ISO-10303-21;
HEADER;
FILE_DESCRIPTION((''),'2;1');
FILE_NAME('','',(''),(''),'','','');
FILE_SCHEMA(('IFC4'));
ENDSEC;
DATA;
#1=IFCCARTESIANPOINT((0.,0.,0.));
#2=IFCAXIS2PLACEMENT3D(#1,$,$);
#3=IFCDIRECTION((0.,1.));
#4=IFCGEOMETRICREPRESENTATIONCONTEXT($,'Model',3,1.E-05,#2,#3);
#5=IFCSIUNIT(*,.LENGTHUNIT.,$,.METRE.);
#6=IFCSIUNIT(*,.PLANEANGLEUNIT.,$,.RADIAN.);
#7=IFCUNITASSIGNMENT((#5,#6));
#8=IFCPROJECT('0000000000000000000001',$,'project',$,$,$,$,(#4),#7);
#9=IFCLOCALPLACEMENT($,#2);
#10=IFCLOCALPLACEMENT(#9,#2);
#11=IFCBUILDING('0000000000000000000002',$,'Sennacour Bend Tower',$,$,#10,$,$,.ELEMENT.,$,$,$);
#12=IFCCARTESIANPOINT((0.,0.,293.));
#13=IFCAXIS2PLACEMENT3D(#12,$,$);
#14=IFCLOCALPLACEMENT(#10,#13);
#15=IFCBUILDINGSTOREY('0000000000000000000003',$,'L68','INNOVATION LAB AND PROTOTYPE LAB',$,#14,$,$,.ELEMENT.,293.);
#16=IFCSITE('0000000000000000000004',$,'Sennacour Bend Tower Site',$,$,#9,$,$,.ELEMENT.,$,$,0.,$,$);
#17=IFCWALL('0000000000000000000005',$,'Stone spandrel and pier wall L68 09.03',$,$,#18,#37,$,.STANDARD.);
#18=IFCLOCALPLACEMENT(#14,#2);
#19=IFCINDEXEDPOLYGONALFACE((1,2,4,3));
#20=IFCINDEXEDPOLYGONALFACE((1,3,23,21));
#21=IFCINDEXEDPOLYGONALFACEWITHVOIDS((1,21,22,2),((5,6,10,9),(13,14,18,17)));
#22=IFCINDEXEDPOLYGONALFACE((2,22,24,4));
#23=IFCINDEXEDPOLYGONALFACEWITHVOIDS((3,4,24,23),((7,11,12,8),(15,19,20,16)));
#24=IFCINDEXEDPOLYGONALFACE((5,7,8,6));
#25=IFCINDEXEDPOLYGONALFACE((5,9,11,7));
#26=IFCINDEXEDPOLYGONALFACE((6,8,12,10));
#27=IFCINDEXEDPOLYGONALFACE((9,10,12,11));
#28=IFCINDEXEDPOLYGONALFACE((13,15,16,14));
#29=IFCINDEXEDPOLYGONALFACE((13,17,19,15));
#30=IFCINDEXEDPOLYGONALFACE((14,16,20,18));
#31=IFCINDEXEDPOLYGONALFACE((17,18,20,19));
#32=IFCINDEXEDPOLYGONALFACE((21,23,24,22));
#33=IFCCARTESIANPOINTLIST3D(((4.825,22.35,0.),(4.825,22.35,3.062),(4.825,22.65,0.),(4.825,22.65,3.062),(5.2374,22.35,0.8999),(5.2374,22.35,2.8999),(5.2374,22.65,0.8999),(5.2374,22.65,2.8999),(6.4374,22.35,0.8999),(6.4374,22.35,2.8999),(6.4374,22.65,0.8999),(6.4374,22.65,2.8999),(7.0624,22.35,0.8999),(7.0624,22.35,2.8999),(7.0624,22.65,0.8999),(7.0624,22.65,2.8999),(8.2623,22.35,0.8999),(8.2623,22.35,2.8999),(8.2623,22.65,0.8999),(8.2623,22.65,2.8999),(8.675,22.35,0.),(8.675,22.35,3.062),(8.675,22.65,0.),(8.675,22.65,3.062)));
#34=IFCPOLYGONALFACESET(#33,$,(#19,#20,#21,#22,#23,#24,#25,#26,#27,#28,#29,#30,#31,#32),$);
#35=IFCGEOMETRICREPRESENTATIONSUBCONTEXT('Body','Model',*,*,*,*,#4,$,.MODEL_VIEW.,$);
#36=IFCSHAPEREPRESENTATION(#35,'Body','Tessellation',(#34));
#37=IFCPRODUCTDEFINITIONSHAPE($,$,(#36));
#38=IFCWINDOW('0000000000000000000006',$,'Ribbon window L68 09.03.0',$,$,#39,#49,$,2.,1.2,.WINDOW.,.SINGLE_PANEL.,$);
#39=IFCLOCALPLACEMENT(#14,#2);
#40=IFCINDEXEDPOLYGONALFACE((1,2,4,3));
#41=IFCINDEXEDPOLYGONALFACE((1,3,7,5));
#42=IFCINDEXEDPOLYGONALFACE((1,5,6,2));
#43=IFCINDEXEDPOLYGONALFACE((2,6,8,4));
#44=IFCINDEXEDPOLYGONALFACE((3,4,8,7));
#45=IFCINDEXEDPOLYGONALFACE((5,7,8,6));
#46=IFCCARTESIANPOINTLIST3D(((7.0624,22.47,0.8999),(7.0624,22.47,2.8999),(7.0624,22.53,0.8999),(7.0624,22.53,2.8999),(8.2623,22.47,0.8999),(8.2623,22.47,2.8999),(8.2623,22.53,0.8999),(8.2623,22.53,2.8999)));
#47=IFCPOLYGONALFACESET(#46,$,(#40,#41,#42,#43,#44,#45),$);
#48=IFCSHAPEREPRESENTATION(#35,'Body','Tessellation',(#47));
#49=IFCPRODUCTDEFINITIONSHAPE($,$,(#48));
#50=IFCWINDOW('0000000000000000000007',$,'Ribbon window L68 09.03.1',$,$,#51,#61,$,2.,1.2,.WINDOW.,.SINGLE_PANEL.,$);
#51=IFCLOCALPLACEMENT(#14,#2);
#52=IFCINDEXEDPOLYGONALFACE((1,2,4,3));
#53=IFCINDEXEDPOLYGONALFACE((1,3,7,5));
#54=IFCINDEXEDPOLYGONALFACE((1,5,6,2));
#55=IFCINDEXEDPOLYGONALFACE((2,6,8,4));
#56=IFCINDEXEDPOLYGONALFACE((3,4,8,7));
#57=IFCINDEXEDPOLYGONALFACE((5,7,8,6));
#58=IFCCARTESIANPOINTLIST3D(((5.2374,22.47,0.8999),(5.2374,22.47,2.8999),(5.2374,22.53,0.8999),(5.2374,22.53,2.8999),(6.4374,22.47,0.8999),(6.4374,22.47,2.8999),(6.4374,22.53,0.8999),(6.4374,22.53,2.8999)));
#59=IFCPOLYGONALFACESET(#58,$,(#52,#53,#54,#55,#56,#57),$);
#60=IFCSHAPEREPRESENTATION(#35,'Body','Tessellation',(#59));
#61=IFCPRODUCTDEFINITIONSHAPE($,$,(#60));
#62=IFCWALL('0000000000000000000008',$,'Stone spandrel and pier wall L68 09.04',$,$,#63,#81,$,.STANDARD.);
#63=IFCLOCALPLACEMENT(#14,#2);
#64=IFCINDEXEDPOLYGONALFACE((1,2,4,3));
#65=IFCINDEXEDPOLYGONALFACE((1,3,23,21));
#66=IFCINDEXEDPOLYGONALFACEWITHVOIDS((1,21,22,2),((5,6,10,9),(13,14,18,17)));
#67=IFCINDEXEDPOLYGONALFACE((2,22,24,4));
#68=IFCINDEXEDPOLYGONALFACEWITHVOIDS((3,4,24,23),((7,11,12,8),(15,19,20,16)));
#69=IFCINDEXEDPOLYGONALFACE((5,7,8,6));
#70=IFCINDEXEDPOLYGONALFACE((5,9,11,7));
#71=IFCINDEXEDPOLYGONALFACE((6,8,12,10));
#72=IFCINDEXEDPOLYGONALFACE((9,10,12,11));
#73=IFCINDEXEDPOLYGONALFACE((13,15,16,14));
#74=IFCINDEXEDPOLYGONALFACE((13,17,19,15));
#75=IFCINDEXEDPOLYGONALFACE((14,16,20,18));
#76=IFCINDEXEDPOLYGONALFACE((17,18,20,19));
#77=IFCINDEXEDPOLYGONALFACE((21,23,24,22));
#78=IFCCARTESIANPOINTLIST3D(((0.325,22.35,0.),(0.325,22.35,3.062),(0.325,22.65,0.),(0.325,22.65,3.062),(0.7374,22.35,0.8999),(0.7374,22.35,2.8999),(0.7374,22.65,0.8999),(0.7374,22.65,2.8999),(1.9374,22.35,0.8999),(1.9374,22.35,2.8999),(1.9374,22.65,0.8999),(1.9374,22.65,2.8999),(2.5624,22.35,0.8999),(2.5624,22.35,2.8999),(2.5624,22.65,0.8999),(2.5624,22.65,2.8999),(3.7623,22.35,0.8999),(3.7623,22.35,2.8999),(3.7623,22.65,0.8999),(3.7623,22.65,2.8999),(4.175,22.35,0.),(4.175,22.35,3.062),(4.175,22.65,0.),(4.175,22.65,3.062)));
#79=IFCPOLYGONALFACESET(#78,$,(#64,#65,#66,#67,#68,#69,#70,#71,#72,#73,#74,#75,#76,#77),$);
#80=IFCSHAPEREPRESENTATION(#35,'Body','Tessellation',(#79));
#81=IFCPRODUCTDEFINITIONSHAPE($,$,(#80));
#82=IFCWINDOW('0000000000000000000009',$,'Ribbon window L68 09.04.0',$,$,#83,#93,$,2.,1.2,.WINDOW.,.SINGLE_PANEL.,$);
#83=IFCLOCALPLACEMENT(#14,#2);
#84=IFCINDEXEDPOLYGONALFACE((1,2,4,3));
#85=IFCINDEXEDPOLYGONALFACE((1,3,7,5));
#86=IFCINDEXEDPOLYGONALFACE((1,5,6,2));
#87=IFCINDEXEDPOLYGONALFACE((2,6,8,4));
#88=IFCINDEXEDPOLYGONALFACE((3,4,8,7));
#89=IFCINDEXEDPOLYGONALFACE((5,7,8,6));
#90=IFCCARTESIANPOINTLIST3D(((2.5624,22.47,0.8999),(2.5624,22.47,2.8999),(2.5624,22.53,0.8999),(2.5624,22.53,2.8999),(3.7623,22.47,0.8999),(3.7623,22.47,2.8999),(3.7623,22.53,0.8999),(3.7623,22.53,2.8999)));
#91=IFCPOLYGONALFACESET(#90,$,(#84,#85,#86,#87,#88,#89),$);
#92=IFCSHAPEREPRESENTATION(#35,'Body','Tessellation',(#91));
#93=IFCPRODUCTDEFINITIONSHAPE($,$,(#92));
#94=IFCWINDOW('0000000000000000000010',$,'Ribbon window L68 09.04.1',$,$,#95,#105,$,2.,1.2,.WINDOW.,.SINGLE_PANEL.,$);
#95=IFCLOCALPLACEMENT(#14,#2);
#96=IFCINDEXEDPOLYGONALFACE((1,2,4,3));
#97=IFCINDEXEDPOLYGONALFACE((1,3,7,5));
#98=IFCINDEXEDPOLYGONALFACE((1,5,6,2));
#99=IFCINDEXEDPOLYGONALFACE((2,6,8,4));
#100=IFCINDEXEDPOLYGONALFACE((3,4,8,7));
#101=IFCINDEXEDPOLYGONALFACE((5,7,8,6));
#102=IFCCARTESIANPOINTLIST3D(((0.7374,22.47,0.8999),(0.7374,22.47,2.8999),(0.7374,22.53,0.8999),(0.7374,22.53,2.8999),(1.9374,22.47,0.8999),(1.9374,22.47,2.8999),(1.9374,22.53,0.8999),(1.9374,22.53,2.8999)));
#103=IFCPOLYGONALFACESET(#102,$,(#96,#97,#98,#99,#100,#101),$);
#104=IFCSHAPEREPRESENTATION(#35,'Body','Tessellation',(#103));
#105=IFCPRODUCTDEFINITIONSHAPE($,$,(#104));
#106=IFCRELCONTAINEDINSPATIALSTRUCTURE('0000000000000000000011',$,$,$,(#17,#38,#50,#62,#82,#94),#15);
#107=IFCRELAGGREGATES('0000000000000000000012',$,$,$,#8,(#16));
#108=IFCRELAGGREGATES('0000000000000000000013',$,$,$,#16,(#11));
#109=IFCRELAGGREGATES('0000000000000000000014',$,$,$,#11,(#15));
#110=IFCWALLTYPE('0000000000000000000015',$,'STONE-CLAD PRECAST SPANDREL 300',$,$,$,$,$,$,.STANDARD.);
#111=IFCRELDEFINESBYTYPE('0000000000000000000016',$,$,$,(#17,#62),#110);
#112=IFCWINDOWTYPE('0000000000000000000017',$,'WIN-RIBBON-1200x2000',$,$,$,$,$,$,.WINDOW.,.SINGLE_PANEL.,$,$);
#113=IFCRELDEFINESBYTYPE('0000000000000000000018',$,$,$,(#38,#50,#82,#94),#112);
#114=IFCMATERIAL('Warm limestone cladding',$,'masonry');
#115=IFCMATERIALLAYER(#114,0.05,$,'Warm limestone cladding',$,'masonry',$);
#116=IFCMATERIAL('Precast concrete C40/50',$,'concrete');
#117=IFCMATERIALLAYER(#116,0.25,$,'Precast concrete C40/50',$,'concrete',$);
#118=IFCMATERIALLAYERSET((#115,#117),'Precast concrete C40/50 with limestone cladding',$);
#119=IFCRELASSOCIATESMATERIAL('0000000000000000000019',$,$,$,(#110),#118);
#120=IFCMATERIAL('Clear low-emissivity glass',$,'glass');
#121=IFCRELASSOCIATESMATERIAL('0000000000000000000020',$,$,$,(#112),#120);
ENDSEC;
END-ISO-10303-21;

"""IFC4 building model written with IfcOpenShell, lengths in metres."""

from ifc_helpers import new_model, si_unit, direction, frame, frame_2d, origin, place, context, subcontext, project, spatial, rectangle, extrude, material, layer, layer_set, type_object, element, fill, save


model = new_model("IFC4")

# Units and contexts
model_context = context("Model", 3, precision=1e-05, world=origin(), true_north=direction((0.0, 1.0)))
body_context = subcontext(model_context, "Body", "Model", "MODEL_VIEW")
ifc_project = project(units=[si_unit("LENGTHUNIT", "METRE"), si_unit("PLANEANGLEUNIT", "RADIAN")], contexts=[model_context])

# Site, building, storey
site_placement = place(None, origin())
site = spatial("IfcSite", under=ifc_project, at=site_placement, Name="Sennacour Bend Tower Site", CompositionType="ELEMENT", RefElevation=0.0)
building_placement = place(site_placement, origin())
building = spatial("IfcBuilding", under=site, at=building_placement, Name="Sennacour Bend Tower", CompositionType="ELEMENT")
storey_placement = place(building_placement, frame((0.0, 0.0, 293.0)))
storey = spatial("IfcBuildingStorey", under=building, at=storey_placement, Name="L68", Description="INNOVATION LAB AND PROTOTYPE LAB", CompositionType="ELEMENT", Elevation=293.0)

# Walls, openings, windows
ifc_material_1 = material(Name="Warm limestone cladding", Category="masonry")
ifc_layer_1 = layer(ifc_material_1, 0.05, Name="Warm limestone cladding", Category="masonry")
ifc_material_2 = material(Name="Precast concrete C40/50", Category="concrete")
ifc_layer_2 = layer(ifc_material_2, 0.25, Name="Precast concrete C40/50", Category="concrete")
ifc_layer_set_1 = layer_set([ifc_layer_1, ifc_layer_2], Name="Precast concrete C40/50 with limestone cladding")
wall_type_1 = type_object("IfcWallType", Name="STONE-CLAD PRECAST SPANDREL 300", PredefinedType="STANDARD", material=ifc_layer_set_1)
ifc_material_3 = material(Name="Clear low-emissivity glass", Category="glass")
window_type = type_object("IfcWindowType", Name="WIN-RIBBON-1200x2000", PartitioningType="SINGLE_PANEL", PredefinedType="WINDOW", material=ifc_material_3)
wall_1_placement = place(storey_placement, frame((8.675, 22.5, 0.0), z_axis=(0.0, 0.0, 1.0), x_axis=(-1.0, 0.0, 0.0)))
wall_1 = element("IfcWall", 1, at=wall_1_placement, inside=storey, type_object=wall_type_1, Name="Stone spandrel and pier wall L68 09.03", PredefinedType="STANDARD", context=body_context, shape_type="SweptSolid", body=[
    extrude(rectangle(XDim=3.8501, YDim=0.3, at=frame_2d((1.925, 0.0))), origin(), (0.0, 0.0, 1.0), 3.062),
])
opening_1_placement = place(wall_1_placement, frame((0.4126, 0.0, 0.8999)))
opening_1 = element("IfcOpeningElement", 2, at=opening_1_placement, cuts=wall_1, PredefinedType="OPENING", context=body_context, shape_type="SweptSolid", body=[
    extrude(rectangle(XDim=1.2, YDim=2.0, at=frame_2d((0.6001, 1.0))), frame((0.0, 0.1602, 0.0), z_axis=(0.0, -1.0, 0.0), x_axis=(1.0, 0.0, 0.0)), (0.0, 0.0, 1.0), 0.3201),
])
opening_2_placement = place(wall_1_placement, frame((2.2375, 0.0, 0.8999)))
opening_2 = element("IfcOpeningElement", 3, at=opening_2_placement, cuts=wall_1, PredefinedType="OPENING", context=body_context, shape_type="SweptSolid", body=[
    extrude(rectangle(XDim=1.2, YDim=2.0, at=frame_2d((0.6001, 1.0))), frame((0.0, 0.1602, 0.0), z_axis=(0.0, -1.0, 0.0), x_axis=(1.0, 0.0, 0.0)), (0.0, 0.0, 1.0), 0.3201),
])
window_1_placement = place(opening_1_placement, origin())
window_1 = element("IfcWindow", 4, at=window_1_placement, inside=storey, type_object=window_type, Name="Ribbon window L68 09.03.0", OverallHeight=2.0, OverallWidth=1.2, PartitioningType="SINGLE_PANEL", PredefinedType="WINDOW", context=body_context, shape_type="SweptSolid", body=[
    extrude(rectangle(XDim=1.2, YDim=2.0, at=frame_2d((0.6001, 1.0))), frame((0.0, 0.03, 0.0), z_axis=(0.0, -1.0, 0.0), x_axis=(1.0, 0.0, 0.0)), (0.0, 0.0, 1.0), 0.0601),
])
fill(opening_1, window_1)
window_2_placement = place(opening_2_placement, origin())
window_2 = element("IfcWindow", 5, at=window_2_placement, inside=storey, type_object=window_type, Name="Ribbon window L68 09.03.1", OverallHeight=2.0, OverallWidth=1.2, PartitioningType="SINGLE_PANEL", PredefinedType="WINDOW", context=body_context, shape_type="SweptSolid", body=[
    extrude(rectangle(XDim=1.2, YDim=2.0, at=frame_2d((0.6001, 1.0))), frame((0.0, 0.03, 0.0), z_axis=(0.0, -1.0, 0.0), x_axis=(1.0, 0.0, 0.0)), (0.0, 0.0, 1.0), 0.0601),
])
fill(opening_2, window_2)
wall_2_placement = place(storey_placement, frame((4.175, 22.5, 0.0), z_axis=(0.0, 0.0, 1.0), x_axis=(-1.0, 0.0, 0.0)))
wall_2 = element("IfcWall", 6, at=wall_2_placement, inside=storey, type_object=wall_type_1, Name="Stone spandrel and pier wall L68 09.04", PredefinedType="STANDARD", context=body_context, shape_type="SweptSolid", body=[
    extrude(rectangle(XDim=3.8501, YDim=0.3, at=frame_2d((1.925, 0.0))), origin(), (0.0, 0.0, 1.0), 3.062),
])
opening_3_placement = place(wall_2_placement, frame((0.4126, 0.0, 0.8999)))
opening_3 = element("IfcOpeningElement", 7, at=opening_3_placement, cuts=wall_2, PredefinedType="OPENING", context=body_context, shape_type="SweptSolid", body=[
    extrude(rectangle(XDim=1.2, YDim=2.0, at=frame_2d((0.6001, 1.0))), frame((0.0, 0.1602, 0.0), z_axis=(0.0, -1.0, 0.0), x_axis=(1.0, 0.0, 0.0)), (0.0, 0.0, 1.0), 0.3201),
])
opening_4_placement = place(wall_2_placement, frame((2.2375, 0.0, 0.8999)))
opening_4 = element("IfcOpeningElement", 8, at=opening_4_placement, cuts=wall_2, PredefinedType="OPENING", context=body_context, shape_type="SweptSolid", body=[
    extrude(rectangle(XDim=1.2, YDim=2.0, at=frame_2d((0.6001, 1.0))), frame((0.0, 0.1602, 0.0), z_axis=(0.0, -1.0, 0.0), x_axis=(1.0, 0.0, 0.0)), (0.0, 0.0, 1.0), 0.3201),
])
window_3_placement = place(opening_3_placement, origin())
window_3 = element("IfcWindow", 9, at=window_3_placement, inside=storey, type_object=window_type, Name="Ribbon window L68 09.04.0", OverallHeight=2.0, OverallWidth=1.2, PartitioningType="SINGLE_PANEL", PredefinedType="WINDOW", context=body_context, shape_type="SweptSolid", body=[
    extrude(rectangle(XDim=1.2, YDim=2.0, at=frame_2d((0.6001, 1.0))), frame((0.0, 0.03, 0.0), z_axis=(0.0, -1.0, 0.0), x_axis=(1.0, 0.0, 0.0)), (0.0, 0.0, 1.0), 0.0601),
])
fill(opening_3, window_3)
window_4_placement = place(opening_4_placement, origin())
window_4 = element("IfcWindow", 10, at=window_4_placement, inside=storey, type_object=window_type, Name="Ribbon window L68 09.04.1", OverallHeight=2.0, OverallWidth=1.2, PartitioningType="SINGLE_PANEL", PredefinedType="WINDOW", context=body_context, shape_type="SweptSolid", body=[
    extrude(rectangle(XDim=1.2, YDim=2.0, at=frame_2d((0.6001, 1.0))), frame((0.0, 0.03, 0.0), z_axis=(0.0, -1.0, 0.0), x_axis=(1.0, 0.0, 0.0)), (0.0, 0.0, 1.0), 0.0601),
])
fill(opening_4, window_4)

save(model, "model.ifc")
